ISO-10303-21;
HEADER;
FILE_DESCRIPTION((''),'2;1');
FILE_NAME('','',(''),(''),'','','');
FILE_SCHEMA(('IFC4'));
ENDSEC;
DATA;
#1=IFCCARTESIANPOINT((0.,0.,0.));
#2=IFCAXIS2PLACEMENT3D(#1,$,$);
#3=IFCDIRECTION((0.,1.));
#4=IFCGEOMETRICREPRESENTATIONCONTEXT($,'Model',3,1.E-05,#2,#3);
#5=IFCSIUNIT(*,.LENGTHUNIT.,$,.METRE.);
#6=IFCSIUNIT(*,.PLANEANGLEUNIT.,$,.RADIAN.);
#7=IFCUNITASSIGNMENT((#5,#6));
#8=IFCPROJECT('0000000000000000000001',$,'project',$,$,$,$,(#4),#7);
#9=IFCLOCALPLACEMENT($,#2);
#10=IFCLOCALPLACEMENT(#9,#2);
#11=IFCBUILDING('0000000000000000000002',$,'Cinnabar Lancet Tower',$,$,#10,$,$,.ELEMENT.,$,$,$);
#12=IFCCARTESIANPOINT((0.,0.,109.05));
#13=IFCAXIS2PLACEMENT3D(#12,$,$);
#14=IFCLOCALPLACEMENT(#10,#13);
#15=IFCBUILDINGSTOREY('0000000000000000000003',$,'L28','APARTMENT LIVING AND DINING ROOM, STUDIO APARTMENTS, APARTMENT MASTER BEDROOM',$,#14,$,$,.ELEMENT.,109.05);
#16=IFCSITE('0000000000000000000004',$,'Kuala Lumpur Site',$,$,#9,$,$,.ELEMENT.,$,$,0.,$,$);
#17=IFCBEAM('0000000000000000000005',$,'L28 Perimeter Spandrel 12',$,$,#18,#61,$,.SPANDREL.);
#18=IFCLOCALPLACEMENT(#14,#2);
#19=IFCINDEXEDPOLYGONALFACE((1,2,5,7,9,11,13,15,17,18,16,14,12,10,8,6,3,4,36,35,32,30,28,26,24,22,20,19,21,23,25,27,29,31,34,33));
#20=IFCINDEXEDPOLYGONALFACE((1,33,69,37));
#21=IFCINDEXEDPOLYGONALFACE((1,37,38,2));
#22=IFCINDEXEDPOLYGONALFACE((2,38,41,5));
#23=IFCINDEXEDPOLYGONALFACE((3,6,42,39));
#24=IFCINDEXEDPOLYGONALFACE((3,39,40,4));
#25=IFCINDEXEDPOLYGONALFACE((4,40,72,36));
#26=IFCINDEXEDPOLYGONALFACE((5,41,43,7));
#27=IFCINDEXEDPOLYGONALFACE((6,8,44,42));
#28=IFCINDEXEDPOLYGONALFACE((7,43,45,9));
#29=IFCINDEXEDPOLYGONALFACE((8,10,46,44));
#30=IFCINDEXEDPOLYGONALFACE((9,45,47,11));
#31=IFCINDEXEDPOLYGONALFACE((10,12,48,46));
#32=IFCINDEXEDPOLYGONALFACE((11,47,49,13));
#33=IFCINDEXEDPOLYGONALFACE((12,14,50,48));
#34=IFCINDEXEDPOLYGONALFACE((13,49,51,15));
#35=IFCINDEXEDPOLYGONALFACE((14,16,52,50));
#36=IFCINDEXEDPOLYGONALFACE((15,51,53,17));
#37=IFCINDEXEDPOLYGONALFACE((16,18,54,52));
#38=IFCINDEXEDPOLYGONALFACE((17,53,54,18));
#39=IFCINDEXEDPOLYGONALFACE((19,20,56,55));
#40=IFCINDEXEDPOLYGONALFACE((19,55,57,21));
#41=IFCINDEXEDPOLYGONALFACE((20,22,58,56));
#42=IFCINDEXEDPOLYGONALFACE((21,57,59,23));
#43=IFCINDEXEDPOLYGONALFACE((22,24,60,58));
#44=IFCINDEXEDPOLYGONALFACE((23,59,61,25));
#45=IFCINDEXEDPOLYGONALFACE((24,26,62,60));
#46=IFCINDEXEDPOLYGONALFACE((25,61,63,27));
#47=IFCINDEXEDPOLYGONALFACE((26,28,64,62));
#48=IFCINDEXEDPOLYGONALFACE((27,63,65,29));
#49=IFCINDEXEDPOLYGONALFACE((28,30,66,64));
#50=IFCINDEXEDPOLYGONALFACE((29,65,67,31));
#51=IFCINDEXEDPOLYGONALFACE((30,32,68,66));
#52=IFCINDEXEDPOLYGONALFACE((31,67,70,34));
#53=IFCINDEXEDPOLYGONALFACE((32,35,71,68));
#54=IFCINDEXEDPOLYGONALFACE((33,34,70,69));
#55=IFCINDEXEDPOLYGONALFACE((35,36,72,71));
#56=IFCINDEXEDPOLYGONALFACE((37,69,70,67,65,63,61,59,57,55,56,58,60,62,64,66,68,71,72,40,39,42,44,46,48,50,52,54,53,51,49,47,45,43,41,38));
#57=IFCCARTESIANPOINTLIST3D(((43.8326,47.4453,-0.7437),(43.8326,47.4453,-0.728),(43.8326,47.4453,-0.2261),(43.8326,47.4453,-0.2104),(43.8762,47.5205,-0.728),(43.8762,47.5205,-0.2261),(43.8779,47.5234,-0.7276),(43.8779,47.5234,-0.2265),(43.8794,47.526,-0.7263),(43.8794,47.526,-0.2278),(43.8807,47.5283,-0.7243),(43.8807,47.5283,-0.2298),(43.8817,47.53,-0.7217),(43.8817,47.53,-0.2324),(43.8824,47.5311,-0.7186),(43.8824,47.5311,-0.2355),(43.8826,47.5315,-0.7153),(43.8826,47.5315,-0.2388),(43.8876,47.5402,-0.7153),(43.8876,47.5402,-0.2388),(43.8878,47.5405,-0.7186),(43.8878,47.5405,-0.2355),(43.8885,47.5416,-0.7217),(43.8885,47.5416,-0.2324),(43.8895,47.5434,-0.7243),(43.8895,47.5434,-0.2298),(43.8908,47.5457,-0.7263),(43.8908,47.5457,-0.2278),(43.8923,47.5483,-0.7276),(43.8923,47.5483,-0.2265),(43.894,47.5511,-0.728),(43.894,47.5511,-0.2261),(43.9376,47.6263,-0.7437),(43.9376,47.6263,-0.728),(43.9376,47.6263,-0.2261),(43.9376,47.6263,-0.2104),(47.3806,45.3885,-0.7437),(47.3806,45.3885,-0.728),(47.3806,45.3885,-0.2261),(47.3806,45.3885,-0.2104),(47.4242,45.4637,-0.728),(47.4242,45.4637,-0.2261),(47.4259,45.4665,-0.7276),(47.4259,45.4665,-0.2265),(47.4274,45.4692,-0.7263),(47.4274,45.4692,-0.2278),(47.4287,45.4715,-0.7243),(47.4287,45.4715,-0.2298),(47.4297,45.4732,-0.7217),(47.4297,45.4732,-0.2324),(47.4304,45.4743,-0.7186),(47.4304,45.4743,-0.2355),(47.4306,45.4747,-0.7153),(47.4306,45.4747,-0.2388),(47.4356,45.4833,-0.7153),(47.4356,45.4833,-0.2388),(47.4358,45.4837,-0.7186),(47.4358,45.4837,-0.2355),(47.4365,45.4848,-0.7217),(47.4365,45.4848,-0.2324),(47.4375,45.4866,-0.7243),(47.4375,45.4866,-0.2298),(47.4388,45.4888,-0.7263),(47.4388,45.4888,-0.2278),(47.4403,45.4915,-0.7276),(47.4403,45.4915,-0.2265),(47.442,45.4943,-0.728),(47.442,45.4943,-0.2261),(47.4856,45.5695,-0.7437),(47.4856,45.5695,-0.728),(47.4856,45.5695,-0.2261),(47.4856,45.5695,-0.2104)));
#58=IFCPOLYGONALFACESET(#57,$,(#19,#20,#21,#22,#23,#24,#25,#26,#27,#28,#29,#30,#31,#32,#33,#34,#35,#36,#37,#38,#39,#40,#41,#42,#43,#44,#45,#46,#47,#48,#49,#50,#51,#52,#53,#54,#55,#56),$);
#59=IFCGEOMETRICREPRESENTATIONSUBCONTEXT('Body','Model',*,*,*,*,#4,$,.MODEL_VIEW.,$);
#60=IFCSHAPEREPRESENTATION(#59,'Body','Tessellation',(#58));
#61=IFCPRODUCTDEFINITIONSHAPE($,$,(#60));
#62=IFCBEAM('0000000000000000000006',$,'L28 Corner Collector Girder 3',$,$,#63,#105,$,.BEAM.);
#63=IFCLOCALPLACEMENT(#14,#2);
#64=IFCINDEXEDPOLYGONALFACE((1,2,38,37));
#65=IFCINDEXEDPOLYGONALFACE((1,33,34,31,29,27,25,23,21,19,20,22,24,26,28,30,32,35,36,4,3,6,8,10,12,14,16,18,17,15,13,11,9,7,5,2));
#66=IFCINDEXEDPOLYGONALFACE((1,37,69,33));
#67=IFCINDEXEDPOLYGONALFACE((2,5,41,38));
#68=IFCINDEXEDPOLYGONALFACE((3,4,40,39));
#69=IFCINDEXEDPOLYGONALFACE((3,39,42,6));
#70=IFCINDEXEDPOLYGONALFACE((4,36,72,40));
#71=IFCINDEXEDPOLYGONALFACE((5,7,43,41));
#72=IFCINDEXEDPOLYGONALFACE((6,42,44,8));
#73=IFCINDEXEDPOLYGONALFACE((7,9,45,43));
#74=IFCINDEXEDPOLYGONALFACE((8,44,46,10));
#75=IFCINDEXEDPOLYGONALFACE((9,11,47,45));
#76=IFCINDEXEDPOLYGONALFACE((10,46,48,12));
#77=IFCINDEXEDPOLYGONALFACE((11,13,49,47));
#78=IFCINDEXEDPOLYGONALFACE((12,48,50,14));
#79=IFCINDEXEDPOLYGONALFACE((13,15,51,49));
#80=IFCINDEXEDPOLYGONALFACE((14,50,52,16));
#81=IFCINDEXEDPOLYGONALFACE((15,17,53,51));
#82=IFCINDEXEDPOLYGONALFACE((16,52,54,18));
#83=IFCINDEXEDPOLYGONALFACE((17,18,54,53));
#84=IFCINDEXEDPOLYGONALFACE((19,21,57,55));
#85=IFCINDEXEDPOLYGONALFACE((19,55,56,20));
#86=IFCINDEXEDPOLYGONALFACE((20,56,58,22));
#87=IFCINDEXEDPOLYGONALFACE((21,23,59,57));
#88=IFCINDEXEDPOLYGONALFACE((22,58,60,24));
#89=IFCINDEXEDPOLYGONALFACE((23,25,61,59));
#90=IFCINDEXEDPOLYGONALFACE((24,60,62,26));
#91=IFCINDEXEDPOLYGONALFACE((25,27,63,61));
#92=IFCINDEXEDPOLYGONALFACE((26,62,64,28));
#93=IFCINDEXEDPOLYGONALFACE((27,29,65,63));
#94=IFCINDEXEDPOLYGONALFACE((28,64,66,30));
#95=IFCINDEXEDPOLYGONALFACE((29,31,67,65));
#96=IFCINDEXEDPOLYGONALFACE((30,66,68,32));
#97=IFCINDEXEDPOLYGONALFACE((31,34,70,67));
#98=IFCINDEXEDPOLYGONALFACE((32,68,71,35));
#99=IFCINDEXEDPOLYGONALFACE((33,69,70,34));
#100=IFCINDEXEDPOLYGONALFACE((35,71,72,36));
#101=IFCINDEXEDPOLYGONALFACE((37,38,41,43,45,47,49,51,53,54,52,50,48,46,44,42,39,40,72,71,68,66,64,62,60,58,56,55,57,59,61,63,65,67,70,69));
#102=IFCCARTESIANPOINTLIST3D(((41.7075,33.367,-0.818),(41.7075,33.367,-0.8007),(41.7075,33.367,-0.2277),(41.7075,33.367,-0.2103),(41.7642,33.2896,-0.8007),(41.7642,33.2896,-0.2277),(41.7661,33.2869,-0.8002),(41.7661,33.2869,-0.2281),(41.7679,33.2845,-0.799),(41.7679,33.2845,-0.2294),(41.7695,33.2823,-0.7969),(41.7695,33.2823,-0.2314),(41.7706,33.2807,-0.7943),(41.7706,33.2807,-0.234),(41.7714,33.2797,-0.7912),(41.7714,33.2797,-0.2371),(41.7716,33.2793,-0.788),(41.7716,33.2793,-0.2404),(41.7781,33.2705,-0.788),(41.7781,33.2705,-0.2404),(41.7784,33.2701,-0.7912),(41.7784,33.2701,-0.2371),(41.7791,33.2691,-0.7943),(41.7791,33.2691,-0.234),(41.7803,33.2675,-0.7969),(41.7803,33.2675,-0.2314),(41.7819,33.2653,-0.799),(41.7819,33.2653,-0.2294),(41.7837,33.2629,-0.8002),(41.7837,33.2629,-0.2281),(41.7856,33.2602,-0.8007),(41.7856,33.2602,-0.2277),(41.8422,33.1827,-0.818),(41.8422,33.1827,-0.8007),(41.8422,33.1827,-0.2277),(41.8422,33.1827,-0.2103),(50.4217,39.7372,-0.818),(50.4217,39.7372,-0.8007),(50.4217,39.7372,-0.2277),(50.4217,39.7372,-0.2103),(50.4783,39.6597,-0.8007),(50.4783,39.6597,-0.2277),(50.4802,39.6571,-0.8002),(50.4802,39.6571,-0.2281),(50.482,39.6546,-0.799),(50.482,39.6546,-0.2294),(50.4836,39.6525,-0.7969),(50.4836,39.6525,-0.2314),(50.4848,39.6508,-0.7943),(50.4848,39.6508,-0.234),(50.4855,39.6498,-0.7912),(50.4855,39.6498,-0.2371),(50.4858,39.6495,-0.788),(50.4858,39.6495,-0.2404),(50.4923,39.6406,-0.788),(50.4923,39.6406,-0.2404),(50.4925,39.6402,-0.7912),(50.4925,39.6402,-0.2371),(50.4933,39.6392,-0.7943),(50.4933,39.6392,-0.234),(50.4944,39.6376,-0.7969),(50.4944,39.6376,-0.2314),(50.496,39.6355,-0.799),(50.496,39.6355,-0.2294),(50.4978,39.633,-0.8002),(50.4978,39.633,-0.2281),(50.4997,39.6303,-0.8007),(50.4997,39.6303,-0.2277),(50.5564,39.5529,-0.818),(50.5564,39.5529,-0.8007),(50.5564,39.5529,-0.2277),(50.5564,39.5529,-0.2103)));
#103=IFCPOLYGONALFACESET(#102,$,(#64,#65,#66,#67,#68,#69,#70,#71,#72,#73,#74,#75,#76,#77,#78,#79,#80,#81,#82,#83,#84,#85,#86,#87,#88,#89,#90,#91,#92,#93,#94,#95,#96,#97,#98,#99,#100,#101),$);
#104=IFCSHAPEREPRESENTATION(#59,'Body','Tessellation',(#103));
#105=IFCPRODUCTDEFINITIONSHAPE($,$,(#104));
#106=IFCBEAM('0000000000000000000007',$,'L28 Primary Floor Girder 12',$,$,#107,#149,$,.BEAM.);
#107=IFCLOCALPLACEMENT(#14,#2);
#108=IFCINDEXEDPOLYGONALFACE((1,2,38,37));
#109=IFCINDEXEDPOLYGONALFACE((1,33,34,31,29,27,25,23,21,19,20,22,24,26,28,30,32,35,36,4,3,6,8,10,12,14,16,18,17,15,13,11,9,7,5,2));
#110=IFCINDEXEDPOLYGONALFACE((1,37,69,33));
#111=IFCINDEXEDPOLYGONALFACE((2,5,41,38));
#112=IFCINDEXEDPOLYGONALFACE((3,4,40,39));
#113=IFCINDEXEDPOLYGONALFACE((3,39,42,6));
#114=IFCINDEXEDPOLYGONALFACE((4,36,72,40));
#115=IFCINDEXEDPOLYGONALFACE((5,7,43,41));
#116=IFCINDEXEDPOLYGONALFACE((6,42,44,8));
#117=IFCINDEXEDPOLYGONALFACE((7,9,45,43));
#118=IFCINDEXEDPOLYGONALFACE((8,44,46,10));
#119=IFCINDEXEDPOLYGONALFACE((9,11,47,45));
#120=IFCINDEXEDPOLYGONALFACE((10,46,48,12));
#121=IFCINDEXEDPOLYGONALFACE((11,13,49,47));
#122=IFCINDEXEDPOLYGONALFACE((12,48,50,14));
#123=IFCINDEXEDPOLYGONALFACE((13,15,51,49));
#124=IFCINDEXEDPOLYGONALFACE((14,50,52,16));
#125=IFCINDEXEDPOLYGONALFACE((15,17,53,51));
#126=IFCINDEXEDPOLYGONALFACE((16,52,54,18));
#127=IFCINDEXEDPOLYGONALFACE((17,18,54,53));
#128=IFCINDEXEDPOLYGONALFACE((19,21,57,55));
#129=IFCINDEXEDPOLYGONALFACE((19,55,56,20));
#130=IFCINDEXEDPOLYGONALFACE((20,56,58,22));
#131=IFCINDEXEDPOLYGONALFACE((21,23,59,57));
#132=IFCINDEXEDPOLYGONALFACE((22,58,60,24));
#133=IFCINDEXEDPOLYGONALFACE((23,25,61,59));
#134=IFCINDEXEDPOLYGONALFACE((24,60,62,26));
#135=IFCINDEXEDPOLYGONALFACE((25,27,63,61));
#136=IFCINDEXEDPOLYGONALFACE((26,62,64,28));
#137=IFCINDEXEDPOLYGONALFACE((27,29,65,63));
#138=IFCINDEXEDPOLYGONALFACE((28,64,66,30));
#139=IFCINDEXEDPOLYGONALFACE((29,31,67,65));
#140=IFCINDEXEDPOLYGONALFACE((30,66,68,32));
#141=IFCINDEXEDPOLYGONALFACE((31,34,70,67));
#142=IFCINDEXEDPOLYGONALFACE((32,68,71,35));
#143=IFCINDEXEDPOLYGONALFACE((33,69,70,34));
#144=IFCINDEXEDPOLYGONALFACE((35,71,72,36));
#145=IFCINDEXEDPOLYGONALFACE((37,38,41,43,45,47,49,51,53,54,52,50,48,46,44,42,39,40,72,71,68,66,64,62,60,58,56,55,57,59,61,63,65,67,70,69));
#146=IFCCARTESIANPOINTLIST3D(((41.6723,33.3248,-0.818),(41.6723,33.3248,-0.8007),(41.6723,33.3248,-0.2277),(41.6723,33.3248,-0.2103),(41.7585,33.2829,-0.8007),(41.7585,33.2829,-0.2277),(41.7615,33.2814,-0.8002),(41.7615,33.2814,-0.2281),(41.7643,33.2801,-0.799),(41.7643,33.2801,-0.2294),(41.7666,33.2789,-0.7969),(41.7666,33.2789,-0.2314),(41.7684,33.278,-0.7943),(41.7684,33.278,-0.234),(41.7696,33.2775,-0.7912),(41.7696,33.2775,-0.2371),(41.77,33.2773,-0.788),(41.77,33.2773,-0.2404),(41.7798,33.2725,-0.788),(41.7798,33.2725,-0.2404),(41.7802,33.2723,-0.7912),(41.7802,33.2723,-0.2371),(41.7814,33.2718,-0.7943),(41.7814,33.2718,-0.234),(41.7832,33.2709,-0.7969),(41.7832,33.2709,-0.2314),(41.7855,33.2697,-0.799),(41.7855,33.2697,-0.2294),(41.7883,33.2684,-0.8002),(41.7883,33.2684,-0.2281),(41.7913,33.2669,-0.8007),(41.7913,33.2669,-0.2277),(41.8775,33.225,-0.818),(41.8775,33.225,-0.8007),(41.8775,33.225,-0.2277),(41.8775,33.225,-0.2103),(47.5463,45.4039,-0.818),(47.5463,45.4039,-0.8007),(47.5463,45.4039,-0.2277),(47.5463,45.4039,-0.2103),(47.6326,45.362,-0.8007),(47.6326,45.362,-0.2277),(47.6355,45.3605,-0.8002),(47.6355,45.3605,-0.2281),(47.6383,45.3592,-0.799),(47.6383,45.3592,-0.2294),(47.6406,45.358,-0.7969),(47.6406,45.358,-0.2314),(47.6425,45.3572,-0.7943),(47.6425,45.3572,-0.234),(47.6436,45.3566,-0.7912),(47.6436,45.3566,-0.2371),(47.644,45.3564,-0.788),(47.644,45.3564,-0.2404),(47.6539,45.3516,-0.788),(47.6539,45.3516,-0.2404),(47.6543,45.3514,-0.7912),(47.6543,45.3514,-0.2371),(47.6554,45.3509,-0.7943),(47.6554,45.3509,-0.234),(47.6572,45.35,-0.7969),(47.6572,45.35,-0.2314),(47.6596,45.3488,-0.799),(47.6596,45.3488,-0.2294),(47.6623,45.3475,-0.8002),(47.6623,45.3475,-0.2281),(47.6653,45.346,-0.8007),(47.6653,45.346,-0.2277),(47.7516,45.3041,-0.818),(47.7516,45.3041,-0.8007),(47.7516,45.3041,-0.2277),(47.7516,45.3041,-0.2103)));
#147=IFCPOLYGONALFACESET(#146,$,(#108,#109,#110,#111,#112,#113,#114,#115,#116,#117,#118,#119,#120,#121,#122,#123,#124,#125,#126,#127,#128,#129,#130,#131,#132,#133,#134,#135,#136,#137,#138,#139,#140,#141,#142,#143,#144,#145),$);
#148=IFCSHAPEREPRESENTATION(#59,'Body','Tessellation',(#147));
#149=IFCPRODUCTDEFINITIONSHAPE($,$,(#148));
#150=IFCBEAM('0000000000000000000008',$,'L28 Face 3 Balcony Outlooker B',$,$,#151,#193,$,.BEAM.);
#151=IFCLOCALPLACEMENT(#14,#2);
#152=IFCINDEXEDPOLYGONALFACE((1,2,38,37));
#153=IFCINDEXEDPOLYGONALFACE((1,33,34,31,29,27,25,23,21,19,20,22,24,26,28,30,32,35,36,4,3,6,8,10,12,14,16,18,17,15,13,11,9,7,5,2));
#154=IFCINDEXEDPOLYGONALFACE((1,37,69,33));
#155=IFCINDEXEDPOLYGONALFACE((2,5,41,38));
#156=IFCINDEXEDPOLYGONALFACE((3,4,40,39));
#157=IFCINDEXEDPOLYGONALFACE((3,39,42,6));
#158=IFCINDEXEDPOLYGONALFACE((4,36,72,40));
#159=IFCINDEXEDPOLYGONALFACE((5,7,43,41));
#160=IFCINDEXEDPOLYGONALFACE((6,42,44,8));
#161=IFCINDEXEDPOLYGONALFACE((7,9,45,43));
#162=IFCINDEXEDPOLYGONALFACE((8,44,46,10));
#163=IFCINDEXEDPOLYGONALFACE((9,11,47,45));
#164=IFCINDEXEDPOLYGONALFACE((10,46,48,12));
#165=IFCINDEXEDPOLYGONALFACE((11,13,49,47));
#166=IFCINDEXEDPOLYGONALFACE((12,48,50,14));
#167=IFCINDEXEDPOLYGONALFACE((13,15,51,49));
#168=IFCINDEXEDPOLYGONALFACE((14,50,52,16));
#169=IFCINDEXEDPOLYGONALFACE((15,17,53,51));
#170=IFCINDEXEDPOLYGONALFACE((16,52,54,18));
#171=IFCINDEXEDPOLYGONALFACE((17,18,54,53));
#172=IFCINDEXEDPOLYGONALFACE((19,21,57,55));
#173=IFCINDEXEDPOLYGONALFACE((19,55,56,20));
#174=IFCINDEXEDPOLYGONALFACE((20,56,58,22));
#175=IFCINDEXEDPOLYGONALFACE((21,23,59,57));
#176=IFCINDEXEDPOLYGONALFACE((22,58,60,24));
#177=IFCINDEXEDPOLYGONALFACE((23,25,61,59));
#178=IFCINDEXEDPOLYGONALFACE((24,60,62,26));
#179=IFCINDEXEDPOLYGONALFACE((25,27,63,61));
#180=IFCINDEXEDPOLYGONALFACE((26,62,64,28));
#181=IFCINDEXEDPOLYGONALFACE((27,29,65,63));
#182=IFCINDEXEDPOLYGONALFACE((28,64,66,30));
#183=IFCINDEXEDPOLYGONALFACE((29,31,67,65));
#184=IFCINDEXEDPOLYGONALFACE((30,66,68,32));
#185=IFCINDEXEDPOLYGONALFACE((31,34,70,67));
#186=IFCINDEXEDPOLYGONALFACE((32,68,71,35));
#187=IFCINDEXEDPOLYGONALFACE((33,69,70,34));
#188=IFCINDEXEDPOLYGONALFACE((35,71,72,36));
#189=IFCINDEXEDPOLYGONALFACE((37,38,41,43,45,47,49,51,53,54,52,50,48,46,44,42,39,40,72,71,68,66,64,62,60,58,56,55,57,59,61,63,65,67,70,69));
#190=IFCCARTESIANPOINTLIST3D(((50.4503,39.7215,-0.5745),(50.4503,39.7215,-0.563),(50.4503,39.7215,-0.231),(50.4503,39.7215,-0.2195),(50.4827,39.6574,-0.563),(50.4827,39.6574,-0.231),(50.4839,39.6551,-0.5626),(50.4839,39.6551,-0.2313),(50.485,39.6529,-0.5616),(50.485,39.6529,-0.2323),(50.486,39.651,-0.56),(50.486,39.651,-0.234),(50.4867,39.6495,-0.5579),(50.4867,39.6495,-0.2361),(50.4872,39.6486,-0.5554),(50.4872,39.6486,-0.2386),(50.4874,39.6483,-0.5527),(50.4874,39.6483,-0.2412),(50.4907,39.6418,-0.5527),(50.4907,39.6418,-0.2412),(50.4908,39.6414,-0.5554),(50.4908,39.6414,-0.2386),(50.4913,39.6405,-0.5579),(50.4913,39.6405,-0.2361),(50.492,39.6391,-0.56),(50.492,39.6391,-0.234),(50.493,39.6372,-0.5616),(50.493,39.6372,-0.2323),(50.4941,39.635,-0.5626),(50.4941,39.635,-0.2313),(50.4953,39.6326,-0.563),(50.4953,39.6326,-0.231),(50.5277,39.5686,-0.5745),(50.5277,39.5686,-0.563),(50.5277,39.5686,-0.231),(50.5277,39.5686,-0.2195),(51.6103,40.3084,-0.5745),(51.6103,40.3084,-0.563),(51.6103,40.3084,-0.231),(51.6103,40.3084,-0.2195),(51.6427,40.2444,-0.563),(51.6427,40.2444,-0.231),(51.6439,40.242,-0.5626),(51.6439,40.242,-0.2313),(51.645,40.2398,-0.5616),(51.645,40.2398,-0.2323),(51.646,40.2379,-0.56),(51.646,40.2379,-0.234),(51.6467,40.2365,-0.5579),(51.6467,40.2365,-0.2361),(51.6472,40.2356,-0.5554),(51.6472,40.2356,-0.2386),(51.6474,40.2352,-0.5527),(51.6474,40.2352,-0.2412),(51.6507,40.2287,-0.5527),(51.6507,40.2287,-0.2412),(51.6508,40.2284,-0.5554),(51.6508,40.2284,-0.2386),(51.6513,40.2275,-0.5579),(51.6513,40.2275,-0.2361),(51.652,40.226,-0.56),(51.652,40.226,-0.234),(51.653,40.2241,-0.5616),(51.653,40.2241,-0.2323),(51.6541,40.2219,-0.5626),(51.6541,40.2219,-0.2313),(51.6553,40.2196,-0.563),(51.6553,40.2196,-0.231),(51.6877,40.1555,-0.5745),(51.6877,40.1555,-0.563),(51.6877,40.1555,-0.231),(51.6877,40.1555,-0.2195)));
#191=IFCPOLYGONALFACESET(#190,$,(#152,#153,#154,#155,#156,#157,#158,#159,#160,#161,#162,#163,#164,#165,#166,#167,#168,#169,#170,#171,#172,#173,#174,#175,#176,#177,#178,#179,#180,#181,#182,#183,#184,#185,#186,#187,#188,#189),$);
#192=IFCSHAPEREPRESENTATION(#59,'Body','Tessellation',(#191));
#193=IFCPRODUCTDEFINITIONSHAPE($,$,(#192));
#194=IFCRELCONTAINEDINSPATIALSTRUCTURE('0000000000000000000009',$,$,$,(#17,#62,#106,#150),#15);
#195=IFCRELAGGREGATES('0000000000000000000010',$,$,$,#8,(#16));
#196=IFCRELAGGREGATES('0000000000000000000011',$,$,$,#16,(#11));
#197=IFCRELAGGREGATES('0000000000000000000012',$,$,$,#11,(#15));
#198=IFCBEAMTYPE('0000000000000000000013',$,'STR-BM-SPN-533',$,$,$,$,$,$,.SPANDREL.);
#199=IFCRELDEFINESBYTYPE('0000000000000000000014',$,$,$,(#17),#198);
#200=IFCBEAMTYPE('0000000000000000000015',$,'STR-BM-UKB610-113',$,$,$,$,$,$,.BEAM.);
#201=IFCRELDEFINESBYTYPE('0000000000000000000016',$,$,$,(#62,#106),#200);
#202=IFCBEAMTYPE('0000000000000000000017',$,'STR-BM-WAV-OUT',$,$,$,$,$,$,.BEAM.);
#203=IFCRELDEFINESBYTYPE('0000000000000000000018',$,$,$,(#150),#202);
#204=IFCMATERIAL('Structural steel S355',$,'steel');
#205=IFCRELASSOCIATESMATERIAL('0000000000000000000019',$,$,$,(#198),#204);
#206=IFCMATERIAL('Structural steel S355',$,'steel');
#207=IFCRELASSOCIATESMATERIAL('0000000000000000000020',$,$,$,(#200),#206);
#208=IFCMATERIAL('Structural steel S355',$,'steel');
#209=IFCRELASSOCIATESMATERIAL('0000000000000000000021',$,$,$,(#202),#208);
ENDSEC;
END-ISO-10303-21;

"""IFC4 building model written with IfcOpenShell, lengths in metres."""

from ifc_helpers import new_model, si_unit, direction, frame, origin, origin_2d, place, context, subcontext, project, spatial, i_section, extrude, material, material_profile, profile_set, type_object, element, save


model = new_model("IFC4")

# Units and contexts
model_context = context("Model", 3, precision=1e-05, world=origin(), true_north=direction((0.0, 1.0)))
body_context = subcontext(model_context, "Body", "Model", "MODEL_VIEW")
ifc_project = project(units=[si_unit("LENGTHUNIT", "METRE"), si_unit("PLANEANGLEUNIT", "RADIAN")], contexts=[model_context])

# Site, building, storey
site_placement = place(None, origin())
site = spatial("IfcSite", under=ifc_project, at=site_placement, Name="Kuala Lumpur Site", CompositionType="ELEMENT", RefElevation=0.0)
building_placement = place(site_placement, origin())
building = spatial("IfcBuilding", under=site, at=building_placement, Name="Cinnabar Lancet Tower", CompositionType="ELEMENT")
storey_placement = place(building_placement, frame((0.0, 0.0, 109.05)))
storey = spatial("IfcBuildingStorey", under=building, at=storey_placement, Name="L28", Description="APARTMENT LIVING AND DINING ROOM, STUDIO APARTMENTS, APARTMENT MASTER BEDROOM", CompositionType="ELEMENT", Elevation=109.05)

# Beams
ifc_material_1 = material(Name="Structural steel S355", Category="steel")
ifc_material_profile_1 = material_profile(ifc_material_1, i_section(OverallWidth=0.2092, OverallDepth=0.5332, WebThickness=0.01, FlangeThickness=0.0156, FilletRadius=0.0127, at=origin_2d()), Name="UKB 533x210x92")
ifc_profile_set_1 = profile_set([ifc_material_profile_1], Name="Structural steel S355")
beam_type_1 = type_object("IfcBeamType", Name="STR-BM-SPN-533", PredefinedType="SPANDREL", material=ifc_profile_set_1)
beam_1_placement = place(storey_placement, frame((47.4331, 45.479, -0.4771), z_axis=(-0.865138, 0.501534, 0.0), x_axis=(-0.501534, -0.865138, 0.0)))
element("IfcBeam", 1, at=beam_1_placement, inside=storey, type_object=beam_type_1, Name="L28 Perimeter Spandrel 12", PredefinedType="SPANDREL", context=body_context, shape_type="SweptSolid", body=[
    extrude(i_section(OverallWidth=0.2092, OverallDepth=0.5332, WebThickness=0.01, FlangeThickness=0.0156, FilletRadius=0.0127, at=origin_2d()), origin(), (0.0, 0.0, 1.0), 4.1011),
])
ifc_material_2 = material(Name="Structural steel S355", Category="steel")
ifc_material_profile_2 = material_profile(ifc_material_2, i_section(OverallWidth=0.2283, OverallDepth=0.6077, WebThickness=0.011, FlangeThickness=0.0173, FilletRadius=0.0127, at=origin_2d()), Name="UKB 610x229x113")
ifc_profile_set_2 = profile_set([ifc_material_profile_2], Name="Structural steel S355")
beam_type_2 = type_object("IfcBeamType", Name="STR-BM-UKB610-113", PredefinedType="BEAM", material=ifc_profile_set_2)
beam_2_placement = place(storey_placement, frame((50.489, 39.645, -0.5142), z_axis=(-0.807298, -0.590144, 0.0), x_axis=(0.590144, -0.807298, 0.0)))
element("IfcBeam", 2, at=beam_2_placement, inside=storey, type_object=beam_type_2, Name="L28 Corner Collector Girder 3", PredefinedType="BEAM", context=body_context, shape_type="SweptSolid", body=[
    extrude(i_section(OverallWidth=0.2283, OverallDepth=0.6077, WebThickness=0.011, FlangeThickness=0.0173, FilletRadius=0.0127, at=origin_2d()), origin(), (0.0, 0.0, 1.0), 10.7942),
])
beam_3_placement = place(storey_placement, frame((47.6489, 45.354, -0.5142), z_axis=(-0.437327, -0.899302, 0.0), x_axis=(0.899302, -0.437327, 0.0)))
element("IfcBeam", 3, at=beam_3_placement, inside=storey, type_object=beam_type_2, Name="L28 Primary Floor Girder 12", PredefinedType="BEAM", context=body_context, shape_type="SweptSolid", body=[
    extrude(i_section(OverallWidth=0.2283, OverallDepth=0.6077, WebThickness=0.011, FlangeThickness=0.0173, FilletRadius=0.0127, at=origin_2d()), origin(), (0.0, 0.0, 1.0), 13.4316),
])
ifc_material_3 = material(Name="Structural steel S355", Category="steel")
ifc_material_profile_3 = material_profile(ifc_material_3, i_section(OverallWidth=0.1714, OverallDepth=0.355, WebThickness=0.0073, FlangeThickness=0.0115, FilletRadius=0.0103, at=origin_2d()), Name="UKB 356x171x51")
ifc_profile_set_3 = profile_set([ifc_material_profile_3], Name="Structural steel S355")
beam_type_3 = type_object("IfcBeamType", Name="STR-BM-WAV-OUT", PredefinedType="BEAM", material=ifc_profile_set_3)
beam_4_placement = place(storey_placement, frame((50.489, 39.645, -0.397), z_axis=(0.892276, 0.45149, 0.0), x_axis=(-0.45149, 0.892276, 0.0)))
element("IfcBeam", 4, at=beam_4_placement, inside=storey, type_object=beam_type_3, Name="L28 Face 3 Balcony Outlooker B", PredefinedType="BEAM", context=body_context, shape_type="SweptSolid", body=[
    extrude(i_section(OverallWidth=0.1714, OverallDepth=0.355, WebThickness=0.0073, FlangeThickness=0.0115, FilletRadius=0.0103, at=origin_2d()), origin(), (0.0, 0.0, 1.0), 1.3),
])

save(model, "model.ifc")
